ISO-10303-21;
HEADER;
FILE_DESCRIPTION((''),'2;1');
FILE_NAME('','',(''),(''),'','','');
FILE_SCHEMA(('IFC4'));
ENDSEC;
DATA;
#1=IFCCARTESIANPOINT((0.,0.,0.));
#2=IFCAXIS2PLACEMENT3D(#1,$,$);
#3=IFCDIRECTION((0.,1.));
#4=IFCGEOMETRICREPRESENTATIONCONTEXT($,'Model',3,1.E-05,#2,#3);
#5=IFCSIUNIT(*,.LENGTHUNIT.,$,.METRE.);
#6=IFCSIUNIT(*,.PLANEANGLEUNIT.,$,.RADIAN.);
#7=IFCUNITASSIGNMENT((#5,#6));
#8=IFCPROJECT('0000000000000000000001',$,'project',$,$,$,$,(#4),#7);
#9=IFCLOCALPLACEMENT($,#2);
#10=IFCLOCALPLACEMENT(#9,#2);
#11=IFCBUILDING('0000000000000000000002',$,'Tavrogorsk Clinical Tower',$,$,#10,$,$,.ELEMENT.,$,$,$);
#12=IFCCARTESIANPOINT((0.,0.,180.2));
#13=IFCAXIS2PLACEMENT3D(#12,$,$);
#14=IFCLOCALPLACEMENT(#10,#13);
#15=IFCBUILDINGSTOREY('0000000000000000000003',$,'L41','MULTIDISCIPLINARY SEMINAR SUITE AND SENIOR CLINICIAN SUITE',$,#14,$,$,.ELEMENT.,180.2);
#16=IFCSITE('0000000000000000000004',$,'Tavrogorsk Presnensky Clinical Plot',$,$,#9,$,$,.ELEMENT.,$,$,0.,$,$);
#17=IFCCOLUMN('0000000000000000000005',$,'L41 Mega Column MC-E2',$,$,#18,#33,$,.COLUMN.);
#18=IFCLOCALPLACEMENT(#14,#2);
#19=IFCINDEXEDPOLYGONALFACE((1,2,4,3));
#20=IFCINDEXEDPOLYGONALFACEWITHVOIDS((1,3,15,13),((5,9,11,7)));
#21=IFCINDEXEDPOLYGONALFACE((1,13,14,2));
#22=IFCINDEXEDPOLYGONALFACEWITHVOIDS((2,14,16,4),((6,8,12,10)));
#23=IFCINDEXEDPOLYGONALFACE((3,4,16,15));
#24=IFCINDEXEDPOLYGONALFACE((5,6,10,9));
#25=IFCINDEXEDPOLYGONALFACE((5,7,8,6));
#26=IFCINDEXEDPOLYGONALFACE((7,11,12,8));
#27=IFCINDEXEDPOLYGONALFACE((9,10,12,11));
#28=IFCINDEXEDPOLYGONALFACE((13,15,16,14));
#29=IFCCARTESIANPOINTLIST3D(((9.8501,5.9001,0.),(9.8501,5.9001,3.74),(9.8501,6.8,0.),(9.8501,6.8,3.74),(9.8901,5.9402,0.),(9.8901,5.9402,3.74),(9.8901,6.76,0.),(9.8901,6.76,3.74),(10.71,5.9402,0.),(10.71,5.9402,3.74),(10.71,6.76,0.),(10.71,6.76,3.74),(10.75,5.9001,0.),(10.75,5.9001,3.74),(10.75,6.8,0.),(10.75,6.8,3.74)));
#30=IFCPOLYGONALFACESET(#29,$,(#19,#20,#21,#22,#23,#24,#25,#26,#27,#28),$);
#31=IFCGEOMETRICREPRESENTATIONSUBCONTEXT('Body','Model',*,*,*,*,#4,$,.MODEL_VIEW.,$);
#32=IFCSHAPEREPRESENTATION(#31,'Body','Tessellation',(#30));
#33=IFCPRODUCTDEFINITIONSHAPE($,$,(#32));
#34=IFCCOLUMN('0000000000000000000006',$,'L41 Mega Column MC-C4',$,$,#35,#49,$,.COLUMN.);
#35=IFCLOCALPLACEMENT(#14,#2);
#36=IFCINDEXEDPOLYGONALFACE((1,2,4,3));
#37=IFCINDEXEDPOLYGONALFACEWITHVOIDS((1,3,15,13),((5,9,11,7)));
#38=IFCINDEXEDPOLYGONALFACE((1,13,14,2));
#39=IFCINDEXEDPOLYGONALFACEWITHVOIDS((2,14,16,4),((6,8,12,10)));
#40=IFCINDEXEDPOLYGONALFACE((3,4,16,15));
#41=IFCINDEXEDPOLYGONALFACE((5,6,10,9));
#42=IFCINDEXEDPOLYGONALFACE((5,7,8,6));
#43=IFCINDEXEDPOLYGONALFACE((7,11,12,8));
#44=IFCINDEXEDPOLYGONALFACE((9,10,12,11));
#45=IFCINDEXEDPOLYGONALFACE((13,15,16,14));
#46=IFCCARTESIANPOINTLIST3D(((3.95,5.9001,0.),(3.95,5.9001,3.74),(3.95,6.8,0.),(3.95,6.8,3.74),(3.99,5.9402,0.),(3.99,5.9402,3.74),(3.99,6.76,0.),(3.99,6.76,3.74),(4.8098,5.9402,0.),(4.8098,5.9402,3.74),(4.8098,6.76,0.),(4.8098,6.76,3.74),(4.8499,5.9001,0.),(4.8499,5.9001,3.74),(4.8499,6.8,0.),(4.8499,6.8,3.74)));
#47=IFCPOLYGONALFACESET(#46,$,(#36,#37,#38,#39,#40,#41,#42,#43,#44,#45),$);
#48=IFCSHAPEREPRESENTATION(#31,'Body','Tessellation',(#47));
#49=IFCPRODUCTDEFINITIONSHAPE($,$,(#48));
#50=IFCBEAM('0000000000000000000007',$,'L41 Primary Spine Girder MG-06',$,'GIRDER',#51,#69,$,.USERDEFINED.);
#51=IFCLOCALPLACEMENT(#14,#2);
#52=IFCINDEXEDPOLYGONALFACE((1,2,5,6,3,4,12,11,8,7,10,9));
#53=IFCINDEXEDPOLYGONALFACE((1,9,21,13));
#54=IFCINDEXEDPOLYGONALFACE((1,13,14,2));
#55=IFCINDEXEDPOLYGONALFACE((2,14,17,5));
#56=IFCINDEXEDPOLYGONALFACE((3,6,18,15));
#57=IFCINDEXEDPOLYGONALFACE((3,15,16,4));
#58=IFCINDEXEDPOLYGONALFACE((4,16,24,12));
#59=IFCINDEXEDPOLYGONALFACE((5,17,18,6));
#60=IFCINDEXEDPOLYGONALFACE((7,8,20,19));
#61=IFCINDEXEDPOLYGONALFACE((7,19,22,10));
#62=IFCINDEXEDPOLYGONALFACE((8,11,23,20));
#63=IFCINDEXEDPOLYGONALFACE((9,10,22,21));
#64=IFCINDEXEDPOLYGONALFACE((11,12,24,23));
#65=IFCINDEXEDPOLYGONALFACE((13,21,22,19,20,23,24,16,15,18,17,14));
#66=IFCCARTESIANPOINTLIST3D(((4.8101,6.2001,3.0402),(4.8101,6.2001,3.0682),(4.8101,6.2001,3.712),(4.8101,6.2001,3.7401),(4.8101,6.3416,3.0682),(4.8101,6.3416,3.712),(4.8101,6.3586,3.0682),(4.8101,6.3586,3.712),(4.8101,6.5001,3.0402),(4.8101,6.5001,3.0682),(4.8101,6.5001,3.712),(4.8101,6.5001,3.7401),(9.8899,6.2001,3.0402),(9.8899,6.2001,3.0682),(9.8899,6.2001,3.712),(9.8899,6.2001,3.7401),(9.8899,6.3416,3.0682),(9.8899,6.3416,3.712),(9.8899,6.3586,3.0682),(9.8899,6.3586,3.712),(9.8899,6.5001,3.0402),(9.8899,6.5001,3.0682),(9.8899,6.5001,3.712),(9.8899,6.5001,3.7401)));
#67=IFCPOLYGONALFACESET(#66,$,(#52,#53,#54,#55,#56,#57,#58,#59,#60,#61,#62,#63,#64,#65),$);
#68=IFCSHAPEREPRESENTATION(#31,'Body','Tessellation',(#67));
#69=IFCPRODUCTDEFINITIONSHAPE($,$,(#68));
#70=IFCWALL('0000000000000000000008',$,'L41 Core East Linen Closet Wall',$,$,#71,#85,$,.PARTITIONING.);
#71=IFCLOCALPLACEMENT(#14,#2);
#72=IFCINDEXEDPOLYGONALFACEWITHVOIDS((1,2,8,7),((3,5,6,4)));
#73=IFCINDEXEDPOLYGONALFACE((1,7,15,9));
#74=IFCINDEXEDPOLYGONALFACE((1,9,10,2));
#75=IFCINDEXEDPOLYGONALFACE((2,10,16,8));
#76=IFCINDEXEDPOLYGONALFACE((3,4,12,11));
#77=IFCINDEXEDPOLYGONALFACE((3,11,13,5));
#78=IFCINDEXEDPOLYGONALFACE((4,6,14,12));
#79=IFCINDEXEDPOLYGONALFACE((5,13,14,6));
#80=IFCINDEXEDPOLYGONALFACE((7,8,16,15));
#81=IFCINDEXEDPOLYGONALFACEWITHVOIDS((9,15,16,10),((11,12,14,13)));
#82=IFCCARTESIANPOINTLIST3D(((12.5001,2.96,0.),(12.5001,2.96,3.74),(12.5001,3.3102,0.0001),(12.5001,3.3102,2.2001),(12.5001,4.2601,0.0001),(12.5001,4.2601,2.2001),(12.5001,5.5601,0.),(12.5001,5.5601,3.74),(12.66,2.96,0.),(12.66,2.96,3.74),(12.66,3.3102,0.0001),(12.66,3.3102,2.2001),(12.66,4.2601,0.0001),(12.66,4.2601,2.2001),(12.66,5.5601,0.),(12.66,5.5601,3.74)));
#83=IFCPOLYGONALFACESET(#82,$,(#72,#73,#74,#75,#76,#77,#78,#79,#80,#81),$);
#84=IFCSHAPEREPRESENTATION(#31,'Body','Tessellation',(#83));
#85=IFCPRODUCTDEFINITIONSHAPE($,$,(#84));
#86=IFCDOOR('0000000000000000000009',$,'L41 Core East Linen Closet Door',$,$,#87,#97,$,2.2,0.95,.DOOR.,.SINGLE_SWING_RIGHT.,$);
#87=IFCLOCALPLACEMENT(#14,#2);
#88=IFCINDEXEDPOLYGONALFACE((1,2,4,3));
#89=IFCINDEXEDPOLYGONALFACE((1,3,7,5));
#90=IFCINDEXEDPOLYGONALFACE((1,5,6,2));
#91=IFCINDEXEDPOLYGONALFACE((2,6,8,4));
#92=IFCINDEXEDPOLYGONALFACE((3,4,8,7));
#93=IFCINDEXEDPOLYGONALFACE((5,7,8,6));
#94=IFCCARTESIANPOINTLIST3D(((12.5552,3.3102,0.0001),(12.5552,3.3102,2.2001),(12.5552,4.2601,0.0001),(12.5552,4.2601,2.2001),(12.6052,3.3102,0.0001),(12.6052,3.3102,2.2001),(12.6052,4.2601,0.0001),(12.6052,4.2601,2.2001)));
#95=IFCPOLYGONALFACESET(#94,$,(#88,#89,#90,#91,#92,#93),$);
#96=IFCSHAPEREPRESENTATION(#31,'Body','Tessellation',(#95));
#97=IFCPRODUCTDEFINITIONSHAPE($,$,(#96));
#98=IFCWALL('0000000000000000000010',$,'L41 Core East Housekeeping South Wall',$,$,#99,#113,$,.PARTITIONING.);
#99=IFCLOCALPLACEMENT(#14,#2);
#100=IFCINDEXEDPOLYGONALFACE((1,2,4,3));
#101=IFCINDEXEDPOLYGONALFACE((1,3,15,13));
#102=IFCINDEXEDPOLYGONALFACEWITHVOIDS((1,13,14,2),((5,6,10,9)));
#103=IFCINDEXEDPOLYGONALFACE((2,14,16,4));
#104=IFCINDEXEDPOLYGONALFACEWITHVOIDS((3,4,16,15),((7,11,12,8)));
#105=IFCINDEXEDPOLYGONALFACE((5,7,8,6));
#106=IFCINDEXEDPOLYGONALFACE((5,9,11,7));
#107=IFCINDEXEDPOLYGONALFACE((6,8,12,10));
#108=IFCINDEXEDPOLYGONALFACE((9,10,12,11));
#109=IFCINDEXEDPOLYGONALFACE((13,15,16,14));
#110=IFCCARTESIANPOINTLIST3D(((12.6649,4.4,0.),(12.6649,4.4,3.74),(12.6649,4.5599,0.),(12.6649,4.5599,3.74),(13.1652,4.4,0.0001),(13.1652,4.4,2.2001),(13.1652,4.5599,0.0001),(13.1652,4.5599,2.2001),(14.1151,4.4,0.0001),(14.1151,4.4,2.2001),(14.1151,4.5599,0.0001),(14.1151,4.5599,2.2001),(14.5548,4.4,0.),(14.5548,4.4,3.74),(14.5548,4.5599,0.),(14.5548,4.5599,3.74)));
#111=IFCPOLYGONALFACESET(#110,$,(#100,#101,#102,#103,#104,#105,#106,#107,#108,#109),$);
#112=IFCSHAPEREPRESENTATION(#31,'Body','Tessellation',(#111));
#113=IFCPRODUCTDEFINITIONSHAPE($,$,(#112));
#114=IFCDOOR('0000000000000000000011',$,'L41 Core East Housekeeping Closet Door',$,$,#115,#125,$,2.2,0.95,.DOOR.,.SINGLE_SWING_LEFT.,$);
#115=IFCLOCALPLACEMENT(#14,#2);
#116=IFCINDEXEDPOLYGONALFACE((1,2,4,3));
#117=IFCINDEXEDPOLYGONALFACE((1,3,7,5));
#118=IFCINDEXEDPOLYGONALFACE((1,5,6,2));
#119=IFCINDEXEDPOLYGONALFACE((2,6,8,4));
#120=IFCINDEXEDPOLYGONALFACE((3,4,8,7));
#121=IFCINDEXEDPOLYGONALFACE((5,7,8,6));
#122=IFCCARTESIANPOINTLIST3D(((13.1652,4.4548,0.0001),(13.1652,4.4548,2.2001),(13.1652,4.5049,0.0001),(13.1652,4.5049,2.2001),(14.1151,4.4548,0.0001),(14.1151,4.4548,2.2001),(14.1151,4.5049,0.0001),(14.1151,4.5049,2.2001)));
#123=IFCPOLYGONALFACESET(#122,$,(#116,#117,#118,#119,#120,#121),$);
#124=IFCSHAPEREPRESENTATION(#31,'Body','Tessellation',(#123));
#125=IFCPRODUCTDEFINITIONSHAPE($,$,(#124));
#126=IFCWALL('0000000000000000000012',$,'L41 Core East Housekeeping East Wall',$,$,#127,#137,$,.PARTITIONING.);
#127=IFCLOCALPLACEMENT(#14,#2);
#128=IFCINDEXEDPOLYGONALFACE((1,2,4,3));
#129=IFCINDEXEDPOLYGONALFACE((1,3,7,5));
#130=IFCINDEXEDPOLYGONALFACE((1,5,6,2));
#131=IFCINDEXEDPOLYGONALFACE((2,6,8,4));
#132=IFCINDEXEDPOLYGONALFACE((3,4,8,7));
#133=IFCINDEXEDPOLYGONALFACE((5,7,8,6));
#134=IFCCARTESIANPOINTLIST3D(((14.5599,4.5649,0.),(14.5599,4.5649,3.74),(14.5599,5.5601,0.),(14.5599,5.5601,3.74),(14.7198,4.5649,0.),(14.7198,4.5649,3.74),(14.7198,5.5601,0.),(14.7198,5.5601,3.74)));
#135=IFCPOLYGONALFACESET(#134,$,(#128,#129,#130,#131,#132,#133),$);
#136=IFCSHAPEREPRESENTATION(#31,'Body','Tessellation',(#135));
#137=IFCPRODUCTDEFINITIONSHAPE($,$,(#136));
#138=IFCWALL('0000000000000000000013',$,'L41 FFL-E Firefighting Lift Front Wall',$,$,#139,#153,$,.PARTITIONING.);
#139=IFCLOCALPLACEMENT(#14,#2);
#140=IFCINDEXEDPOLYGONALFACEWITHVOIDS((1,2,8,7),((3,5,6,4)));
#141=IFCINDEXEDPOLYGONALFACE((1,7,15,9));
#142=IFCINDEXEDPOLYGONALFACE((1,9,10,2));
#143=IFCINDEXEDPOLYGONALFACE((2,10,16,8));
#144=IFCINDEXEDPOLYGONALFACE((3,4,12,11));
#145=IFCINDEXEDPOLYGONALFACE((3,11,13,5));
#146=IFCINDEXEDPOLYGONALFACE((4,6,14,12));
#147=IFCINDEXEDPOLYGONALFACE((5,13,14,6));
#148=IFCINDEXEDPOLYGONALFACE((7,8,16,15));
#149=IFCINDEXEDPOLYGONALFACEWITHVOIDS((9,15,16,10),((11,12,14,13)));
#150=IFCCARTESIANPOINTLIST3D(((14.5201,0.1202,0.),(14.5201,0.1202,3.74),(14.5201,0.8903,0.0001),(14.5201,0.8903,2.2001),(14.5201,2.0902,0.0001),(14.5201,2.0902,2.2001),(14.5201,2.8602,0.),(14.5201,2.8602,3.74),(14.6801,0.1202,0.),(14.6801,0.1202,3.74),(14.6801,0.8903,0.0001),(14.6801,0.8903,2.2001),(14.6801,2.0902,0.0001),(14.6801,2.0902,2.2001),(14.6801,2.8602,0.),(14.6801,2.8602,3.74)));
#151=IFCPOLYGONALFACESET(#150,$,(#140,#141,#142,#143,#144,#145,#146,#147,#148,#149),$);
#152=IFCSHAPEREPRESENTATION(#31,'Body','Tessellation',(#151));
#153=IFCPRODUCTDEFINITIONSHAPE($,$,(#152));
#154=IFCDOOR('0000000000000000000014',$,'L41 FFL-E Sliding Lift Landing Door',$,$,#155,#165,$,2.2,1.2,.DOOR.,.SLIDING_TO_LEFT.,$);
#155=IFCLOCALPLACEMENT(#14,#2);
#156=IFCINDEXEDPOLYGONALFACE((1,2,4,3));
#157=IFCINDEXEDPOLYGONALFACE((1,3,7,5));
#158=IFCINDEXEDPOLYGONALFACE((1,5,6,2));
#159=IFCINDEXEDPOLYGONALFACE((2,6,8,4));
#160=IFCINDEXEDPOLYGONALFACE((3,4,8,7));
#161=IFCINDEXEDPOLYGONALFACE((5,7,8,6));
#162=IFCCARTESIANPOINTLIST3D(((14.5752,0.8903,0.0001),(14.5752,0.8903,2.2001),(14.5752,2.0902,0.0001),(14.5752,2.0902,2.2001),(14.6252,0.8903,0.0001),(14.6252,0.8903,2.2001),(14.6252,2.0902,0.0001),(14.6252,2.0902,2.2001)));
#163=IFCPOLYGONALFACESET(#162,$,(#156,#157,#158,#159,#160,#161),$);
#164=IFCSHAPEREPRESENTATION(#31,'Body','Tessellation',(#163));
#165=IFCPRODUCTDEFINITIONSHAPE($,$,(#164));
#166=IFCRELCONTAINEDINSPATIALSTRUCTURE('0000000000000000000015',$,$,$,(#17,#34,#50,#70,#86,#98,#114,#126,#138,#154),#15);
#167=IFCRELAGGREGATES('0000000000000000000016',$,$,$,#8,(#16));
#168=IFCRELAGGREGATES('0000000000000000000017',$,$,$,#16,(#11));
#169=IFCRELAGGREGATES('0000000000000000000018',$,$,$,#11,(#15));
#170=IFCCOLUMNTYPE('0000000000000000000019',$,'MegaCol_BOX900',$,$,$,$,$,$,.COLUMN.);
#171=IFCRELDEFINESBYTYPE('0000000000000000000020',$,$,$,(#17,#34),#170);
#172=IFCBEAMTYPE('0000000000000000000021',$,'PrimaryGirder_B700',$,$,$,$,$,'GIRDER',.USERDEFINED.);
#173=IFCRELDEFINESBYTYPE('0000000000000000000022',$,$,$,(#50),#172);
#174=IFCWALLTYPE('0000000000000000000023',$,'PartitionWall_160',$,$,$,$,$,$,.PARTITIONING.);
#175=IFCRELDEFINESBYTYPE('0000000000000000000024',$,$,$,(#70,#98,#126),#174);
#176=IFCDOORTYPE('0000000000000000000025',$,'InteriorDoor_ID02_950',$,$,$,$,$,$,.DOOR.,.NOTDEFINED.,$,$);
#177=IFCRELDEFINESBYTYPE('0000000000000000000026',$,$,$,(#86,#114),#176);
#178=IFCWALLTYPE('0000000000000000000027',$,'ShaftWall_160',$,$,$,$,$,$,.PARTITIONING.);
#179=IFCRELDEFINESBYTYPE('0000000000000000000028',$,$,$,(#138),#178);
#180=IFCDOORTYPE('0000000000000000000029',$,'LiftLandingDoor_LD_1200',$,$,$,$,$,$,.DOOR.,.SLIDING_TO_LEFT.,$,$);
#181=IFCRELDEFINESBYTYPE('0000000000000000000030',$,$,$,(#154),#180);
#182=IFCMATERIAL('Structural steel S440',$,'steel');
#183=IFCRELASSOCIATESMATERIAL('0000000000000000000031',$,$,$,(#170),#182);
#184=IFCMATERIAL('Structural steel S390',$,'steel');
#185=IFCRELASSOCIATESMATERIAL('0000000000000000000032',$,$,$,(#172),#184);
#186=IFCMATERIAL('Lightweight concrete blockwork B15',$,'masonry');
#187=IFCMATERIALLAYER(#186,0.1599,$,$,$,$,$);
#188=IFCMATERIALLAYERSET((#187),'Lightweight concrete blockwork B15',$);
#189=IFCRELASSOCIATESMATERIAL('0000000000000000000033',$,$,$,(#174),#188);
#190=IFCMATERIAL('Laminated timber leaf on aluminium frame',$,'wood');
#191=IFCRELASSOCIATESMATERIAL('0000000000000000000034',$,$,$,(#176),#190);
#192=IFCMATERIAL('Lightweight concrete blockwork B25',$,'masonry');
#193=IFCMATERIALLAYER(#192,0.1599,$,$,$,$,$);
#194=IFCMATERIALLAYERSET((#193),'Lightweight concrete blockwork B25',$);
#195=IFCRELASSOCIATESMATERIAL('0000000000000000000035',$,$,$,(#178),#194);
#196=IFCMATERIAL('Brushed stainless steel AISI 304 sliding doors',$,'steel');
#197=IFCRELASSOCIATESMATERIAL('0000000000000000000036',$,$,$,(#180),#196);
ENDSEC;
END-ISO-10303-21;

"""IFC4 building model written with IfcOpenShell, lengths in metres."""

from ifc_helpers import new_model, si_unit, direction, frame, frame_2d, origin, origin_2d, place, context, subcontext, project, spatial, rectangle, hollow_rectangle, i_section, extrude, material, layer, layer_set, material_profile, profile_set, type_object, element, fill, save


model = new_model("IFC4")

# Units and contexts
model_context = context("Model", 3, precision=1e-05, world=origin(), true_north=direction((0.0, 1.0)))
body_context = subcontext(model_context, "Body", "Model", "MODEL_VIEW")
ifc_project = project(units=[si_unit("LENGTHUNIT", "METRE"), si_unit("PLANEANGLEUNIT", "RADIAN")], contexts=[model_context])

# Site, building, storey
site_placement = place(None, origin())
site = spatial("IfcSite", under=ifc_project, at=site_placement, Name="Tavrogorsk Presnensky Clinical Plot", CompositionType="ELEMENT", RefElevation=0.0)
building_placement = place(site_placement, origin())
building = spatial("IfcBuilding", under=site, at=building_placement, Name="Tavrogorsk Clinical Tower", CompositionType="ELEMENT")
storey_placement = place(building_placement, frame((0.0, 0.0, 180.2)))
storey = spatial("IfcBuildingStorey", under=building, at=storey_placement, Name="L41", Description="MULTIDISCIPLINARY SEMINAR SUITE AND SENIOR CLINICIAN SUITE", CompositionType="ELEMENT", Elevation=180.2)

# Columns
ifc_material_1 = material(Name="Structural steel S440", Category="steel")
ifc_material_profile_1 = material_profile(ifc_material_1, hollow_rectangle(XDim=0.8999, YDim=0.8999, WallThickness=0.04, at=origin_2d()), Name="BOX-900x900x40")
ifc_profile_set_1 = profile_set([ifc_material_profile_1], Name="Structural steel S440")
column_type = type_object("IfcColumnType", Name="MegaCol_BOX900", PredefinedType="COLUMN", material=ifc_profile_set_1)
for number, where, z_axis, x_axis, name in (
    (1, (10.3, 6.3501, 0.0), (0.0, 0.0, 1.0), (1.0, 0.0, 0.0), "L41 Mega Column MC-E2"),
    (2, (4.3999, 6.3501, 0.0), (0.0, 0.0, 1.0), (1.0, 0.0, 0.0), "L41 Mega Column MC-C4"),
):
    element("IfcColumn", number, at=place(storey_placement, frame(where, z_axis=z_axis, x_axis=x_axis)), inside=storey, type_object=column_type, Name=name, PredefinedType="COLUMN", context=body_context, shape_type="SweptSolid", body=[
        extrude(hollow_rectangle(XDim=0.8999, YDim=0.8999, WallThickness=0.04, at=origin_2d()), origin(), (0.0, 0.0, 1.0), 3.74),
    ])

# Beam
ifc_material_2 = material(Name="Structural steel S390", Category="steel")
ifc_material_profile_2 = material_profile(ifc_material_2, i_section(OverallWidth=0.3, OverallDepth=0.7, WebThickness=0.0171, FlangeThickness=0.0281, at=origin_2d()), Name="B-700x300x17x28")
ifc_profile_set_2 = profile_set([ifc_material_profile_2], Name="Structural steel S390")
beam_type = type_object("IfcBeamType", Name="PrimaryGirder_B700", ElementType="GIRDER", PredefinedType="USERDEFINED", material=ifc_profile_set_2)
beam_placement = place(storey_placement, frame((4.8101, 6.3501, 3.3901), z_axis=(1.0, 0.0, 0.0), x_axis=(0.0, 1.0, 0.0)))
element("IfcBeam", 3, at=beam_placement, inside=storey, type_object=beam_type, Name="L41 Primary Spine Girder MG-06", ObjectType="GIRDER", PredefinedType="USERDEFINED", context=body_context, shape_type="SweptSolid", body=[
    extrude(i_section(OverallWidth=0.3, OverallDepth=0.7, WebThickness=0.0171, FlangeThickness=0.0281, at=origin_2d()), origin(), (0.0, 0.0, 1.0), 5.0798),
])

# Walls, openings, doors
ifc_material_3 = material(Name="Lightweight concrete blockwork B15", Category="masonry")
ifc_layer_1 = layer(ifc_material_3, 0.1599)
ifc_layer_set_1 = layer_set([ifc_layer_1], Name="Lightweight concrete blockwork B15")
wall_type_1 = type_object("IfcWallType", Name="PartitionWall_160", PredefinedType="PARTITIONING", material=ifc_layer_set_1)
wall_1_placement = place(storey_placement, frame((12.5801, 2.96, 0.0), z_axis=(0.0, 0.0, 1.0), x_axis=(0.0, 1.0, 0.0)))
wall_1 = element("IfcWall", 4, at=wall_1_placement, inside=storey, type_object=wall_type_1, Name="L41 Core East Linen Closet Wall", PredefinedType="PARTITIONING", context=body_context, shape_type="SweptSolid", body=[
    extrude(rectangle(XDim=2.6001, YDim=0.1599, at=frame_2d((1.3, 0.0))), origin(), (0.0, 0.0, 1.0), 3.74),
])
opening_1_placement = place(wall_1_placement, frame((0.3501, 0.0, 0.0)))
opening_1 = element("IfcOpeningElement", 5, at=opening_1_placement, cuts=wall_1, PredefinedType="OPENING", context=body_context, shape_type="SweptSolid", body=[
    extrude(rectangle(XDim=0.95, YDim=2.2, at=frame_2d((0.4751, 1.1001))), frame((0.0, 0.0898, 0.0), z_axis=(0.0, -1.0, 0.0), x_axis=(1.0, 0.0, 0.0)), (0.0, 0.0, 1.0), 0.1799),
])
ifc_material_4 = material(Name="Laminated timber leaf on aluminium frame", Category="wood")
door_type_1 = type_object("IfcDoorType", Name="InteriorDoor_ID02_950", OperationType="NOTDEFINED", PredefinedType="DOOR", material=ifc_material_4)
door_1_placement = place(opening_1_placement, origin())
door_1 = element("IfcDoor", 6, at=door_1_placement, inside=storey, type_object=door_type_1, Name="L41 Core East Linen Closet Door", OperationType="SINGLE_SWING_RIGHT", OverallHeight=2.2, OverallWidth=0.95, PredefinedType="DOOR", context=body_context, shape_type="SweptSolid", body=[
    extrude(rectangle(XDim=0.95, YDim=2.2, at=frame_2d((0.4751, 1.1001))), frame((0.0, 0.0249, 0.0), z_axis=(0.0, -1.0, 0.0), x_axis=(1.0, 0.0, 0.0)), (0.0, 0.0, 1.0), 0.05),
])
fill(opening_1, door_1)
wall_2_placement = place(storey_placement, frame((12.665, 4.48, 0.0), z_axis=(0.0, 0.0, 1.0), x_axis=(1.0, 0.0, 0.0)))
wall_2 = element("IfcWall", 7, at=wall_2_placement, inside=storey, type_object=wall_type_1, Name="L41 Core East Housekeeping South Wall", PredefinedType="PARTITIONING", context=body_context, shape_type="SweptSolid", body=[
    extrude(rectangle(XDim=1.8899, YDim=0.1599, at=frame_2d((0.9448, 0.0))), origin(), (0.0, 0.0, 1.0), 3.74),
])
opening_2_placement = place(wall_2_placement, frame((0.5, 0.0, 0.0)))
opening_2 = element("IfcOpeningElement", 8, at=opening_2_placement, cuts=wall_2, PredefinedType="OPENING", context=body_context, shape_type="SweptSolid", body=[
    extrude(rectangle(XDim=0.95, YDim=2.2, at=frame_2d((0.4751, 1.1001))), frame((0.0, 0.0898, 0.0), z_axis=(0.0, -1.0, 0.0), x_axis=(1.0, 0.0, 0.0)), (0.0, 0.0, 1.0), 0.1799),
])
door_2_placement = place(opening_2_placement, origin())
door_2 = element("IfcDoor", 9, at=door_2_placement, inside=storey, type_object=door_type_1, Name="L41 Core East Housekeeping Closet Door", OperationType="SINGLE_SWING_LEFT", OverallHeight=2.2, OverallWidth=0.95, PredefinedType="DOOR", context=body_context, shape_type="SweptSolid", body=[
    extrude(rectangle(XDim=0.95, YDim=2.2, at=frame_2d((0.4751, 1.1001))), frame((0.0, 0.0249, 0.0), z_axis=(0.0, -1.0, 0.0), x_axis=(1.0, 0.0, 0.0)), (0.0, 0.0, 1.0), 0.05),
])
fill(opening_2, door_2)

# Wall
wall_3_placement = place(storey_placement, frame((14.6399, 4.5649, 0.0), z_axis=(0.0, 0.0, 1.0), x_axis=(0.0, 1.0, 0.0)))
element("IfcWall", 10, at=wall_3_placement, inside=storey, type_object=wall_type_1, Name="L41 Core East Housekeeping East Wall", PredefinedType="PARTITIONING", context=body_context, shape_type="SweptSolid", body=[
    extrude(rectangle(XDim=0.9951, YDim=0.1599, at=frame_2d((0.4976, 0.0))), origin(), (0.0, 0.0, 1.0), 3.74),
])

# Wall, opening, door
ifc_material_5 = material(Name="Lightweight concrete blockwork B25", Category="masonry")
ifc_layer_2 = layer(ifc_material_5, 0.1599)
ifc_layer_set_2 = layer_set([ifc_layer_2], Name="Lightweight concrete blockwork B25")
wall_type_2 = type_object("IfcWallType", Name="ShaftWall_160", PredefinedType="PARTITIONING", material=ifc_layer_set_2)
wall_4_placement = place(storey_placement, frame((14.6001, 0.1201, 0.0), z_axis=(0.0, 0.0, 1.0), x_axis=(0.0, 1.0, 0.0)))
wall_4 = element("IfcWall", 11, at=wall_4_placement, inside=storey, type_object=wall_type_2, Name="L41 FFL-E Firefighting Lift Front Wall", PredefinedType="PARTITIONING", context=body_context, shape_type="SweptSolid", body=[
    extrude(rectangle(XDim=2.74, YDim=0.1599, at=frame_2d((1.3701, 0.0))), origin(), (0.0, 0.0, 1.0), 3.74),
])
opening_3_placement = place(wall_4_placement, frame((0.77, 0.0, 0.0)))
opening_3 = element("IfcOpeningElement", 12, at=opening_3_placement, cuts=wall_4, PredefinedType="OPENING", context=body_context, shape_type="SweptSolid", body=[
    extrude(rectangle(XDim=1.2, YDim=2.2, at=frame_2d((0.6001, 1.1001))), frame((0.0, 0.0898, 0.0), z_axis=(0.0, -1.0, 0.0), x_axis=(1.0, 0.0, 0.0)), (0.0, 0.0, 1.0), 0.1799),
])
ifc_material_6 = material(Name="Brushed stainless steel AISI 304 sliding doors", Category="steel")
door_type_2 = type_object("IfcDoorType", Name="LiftLandingDoor_LD_1200", OperationType="SLIDING_TO_LEFT", PredefinedType="DOOR", material=ifc_material_6)
door_3_placement = place(opening_3_placement, origin())
door_3 = element("IfcDoor", 13, at=door_3_placement, inside=storey, type_object=door_type_2, Name="L41 FFL-E Sliding Lift Landing Door", OperationType="SLIDING_TO_LEFT", OverallHeight=2.2, OverallWidth=1.2, PredefinedType="DOOR", context=body_context, shape_type="SweptSolid", body=[
    extrude(rectangle(XDim=1.2, YDim=2.2, at=frame_2d((0.6001, 1.1001))), frame((0.0, 0.0249, 0.0), z_axis=(0.0, -1.0, 0.0), x_axis=(1.0, 0.0, 0.0)), (0.0, 0.0, 1.0), 0.05),
])
fill(opening_3, door_3)

save(model, "model.ifc")
